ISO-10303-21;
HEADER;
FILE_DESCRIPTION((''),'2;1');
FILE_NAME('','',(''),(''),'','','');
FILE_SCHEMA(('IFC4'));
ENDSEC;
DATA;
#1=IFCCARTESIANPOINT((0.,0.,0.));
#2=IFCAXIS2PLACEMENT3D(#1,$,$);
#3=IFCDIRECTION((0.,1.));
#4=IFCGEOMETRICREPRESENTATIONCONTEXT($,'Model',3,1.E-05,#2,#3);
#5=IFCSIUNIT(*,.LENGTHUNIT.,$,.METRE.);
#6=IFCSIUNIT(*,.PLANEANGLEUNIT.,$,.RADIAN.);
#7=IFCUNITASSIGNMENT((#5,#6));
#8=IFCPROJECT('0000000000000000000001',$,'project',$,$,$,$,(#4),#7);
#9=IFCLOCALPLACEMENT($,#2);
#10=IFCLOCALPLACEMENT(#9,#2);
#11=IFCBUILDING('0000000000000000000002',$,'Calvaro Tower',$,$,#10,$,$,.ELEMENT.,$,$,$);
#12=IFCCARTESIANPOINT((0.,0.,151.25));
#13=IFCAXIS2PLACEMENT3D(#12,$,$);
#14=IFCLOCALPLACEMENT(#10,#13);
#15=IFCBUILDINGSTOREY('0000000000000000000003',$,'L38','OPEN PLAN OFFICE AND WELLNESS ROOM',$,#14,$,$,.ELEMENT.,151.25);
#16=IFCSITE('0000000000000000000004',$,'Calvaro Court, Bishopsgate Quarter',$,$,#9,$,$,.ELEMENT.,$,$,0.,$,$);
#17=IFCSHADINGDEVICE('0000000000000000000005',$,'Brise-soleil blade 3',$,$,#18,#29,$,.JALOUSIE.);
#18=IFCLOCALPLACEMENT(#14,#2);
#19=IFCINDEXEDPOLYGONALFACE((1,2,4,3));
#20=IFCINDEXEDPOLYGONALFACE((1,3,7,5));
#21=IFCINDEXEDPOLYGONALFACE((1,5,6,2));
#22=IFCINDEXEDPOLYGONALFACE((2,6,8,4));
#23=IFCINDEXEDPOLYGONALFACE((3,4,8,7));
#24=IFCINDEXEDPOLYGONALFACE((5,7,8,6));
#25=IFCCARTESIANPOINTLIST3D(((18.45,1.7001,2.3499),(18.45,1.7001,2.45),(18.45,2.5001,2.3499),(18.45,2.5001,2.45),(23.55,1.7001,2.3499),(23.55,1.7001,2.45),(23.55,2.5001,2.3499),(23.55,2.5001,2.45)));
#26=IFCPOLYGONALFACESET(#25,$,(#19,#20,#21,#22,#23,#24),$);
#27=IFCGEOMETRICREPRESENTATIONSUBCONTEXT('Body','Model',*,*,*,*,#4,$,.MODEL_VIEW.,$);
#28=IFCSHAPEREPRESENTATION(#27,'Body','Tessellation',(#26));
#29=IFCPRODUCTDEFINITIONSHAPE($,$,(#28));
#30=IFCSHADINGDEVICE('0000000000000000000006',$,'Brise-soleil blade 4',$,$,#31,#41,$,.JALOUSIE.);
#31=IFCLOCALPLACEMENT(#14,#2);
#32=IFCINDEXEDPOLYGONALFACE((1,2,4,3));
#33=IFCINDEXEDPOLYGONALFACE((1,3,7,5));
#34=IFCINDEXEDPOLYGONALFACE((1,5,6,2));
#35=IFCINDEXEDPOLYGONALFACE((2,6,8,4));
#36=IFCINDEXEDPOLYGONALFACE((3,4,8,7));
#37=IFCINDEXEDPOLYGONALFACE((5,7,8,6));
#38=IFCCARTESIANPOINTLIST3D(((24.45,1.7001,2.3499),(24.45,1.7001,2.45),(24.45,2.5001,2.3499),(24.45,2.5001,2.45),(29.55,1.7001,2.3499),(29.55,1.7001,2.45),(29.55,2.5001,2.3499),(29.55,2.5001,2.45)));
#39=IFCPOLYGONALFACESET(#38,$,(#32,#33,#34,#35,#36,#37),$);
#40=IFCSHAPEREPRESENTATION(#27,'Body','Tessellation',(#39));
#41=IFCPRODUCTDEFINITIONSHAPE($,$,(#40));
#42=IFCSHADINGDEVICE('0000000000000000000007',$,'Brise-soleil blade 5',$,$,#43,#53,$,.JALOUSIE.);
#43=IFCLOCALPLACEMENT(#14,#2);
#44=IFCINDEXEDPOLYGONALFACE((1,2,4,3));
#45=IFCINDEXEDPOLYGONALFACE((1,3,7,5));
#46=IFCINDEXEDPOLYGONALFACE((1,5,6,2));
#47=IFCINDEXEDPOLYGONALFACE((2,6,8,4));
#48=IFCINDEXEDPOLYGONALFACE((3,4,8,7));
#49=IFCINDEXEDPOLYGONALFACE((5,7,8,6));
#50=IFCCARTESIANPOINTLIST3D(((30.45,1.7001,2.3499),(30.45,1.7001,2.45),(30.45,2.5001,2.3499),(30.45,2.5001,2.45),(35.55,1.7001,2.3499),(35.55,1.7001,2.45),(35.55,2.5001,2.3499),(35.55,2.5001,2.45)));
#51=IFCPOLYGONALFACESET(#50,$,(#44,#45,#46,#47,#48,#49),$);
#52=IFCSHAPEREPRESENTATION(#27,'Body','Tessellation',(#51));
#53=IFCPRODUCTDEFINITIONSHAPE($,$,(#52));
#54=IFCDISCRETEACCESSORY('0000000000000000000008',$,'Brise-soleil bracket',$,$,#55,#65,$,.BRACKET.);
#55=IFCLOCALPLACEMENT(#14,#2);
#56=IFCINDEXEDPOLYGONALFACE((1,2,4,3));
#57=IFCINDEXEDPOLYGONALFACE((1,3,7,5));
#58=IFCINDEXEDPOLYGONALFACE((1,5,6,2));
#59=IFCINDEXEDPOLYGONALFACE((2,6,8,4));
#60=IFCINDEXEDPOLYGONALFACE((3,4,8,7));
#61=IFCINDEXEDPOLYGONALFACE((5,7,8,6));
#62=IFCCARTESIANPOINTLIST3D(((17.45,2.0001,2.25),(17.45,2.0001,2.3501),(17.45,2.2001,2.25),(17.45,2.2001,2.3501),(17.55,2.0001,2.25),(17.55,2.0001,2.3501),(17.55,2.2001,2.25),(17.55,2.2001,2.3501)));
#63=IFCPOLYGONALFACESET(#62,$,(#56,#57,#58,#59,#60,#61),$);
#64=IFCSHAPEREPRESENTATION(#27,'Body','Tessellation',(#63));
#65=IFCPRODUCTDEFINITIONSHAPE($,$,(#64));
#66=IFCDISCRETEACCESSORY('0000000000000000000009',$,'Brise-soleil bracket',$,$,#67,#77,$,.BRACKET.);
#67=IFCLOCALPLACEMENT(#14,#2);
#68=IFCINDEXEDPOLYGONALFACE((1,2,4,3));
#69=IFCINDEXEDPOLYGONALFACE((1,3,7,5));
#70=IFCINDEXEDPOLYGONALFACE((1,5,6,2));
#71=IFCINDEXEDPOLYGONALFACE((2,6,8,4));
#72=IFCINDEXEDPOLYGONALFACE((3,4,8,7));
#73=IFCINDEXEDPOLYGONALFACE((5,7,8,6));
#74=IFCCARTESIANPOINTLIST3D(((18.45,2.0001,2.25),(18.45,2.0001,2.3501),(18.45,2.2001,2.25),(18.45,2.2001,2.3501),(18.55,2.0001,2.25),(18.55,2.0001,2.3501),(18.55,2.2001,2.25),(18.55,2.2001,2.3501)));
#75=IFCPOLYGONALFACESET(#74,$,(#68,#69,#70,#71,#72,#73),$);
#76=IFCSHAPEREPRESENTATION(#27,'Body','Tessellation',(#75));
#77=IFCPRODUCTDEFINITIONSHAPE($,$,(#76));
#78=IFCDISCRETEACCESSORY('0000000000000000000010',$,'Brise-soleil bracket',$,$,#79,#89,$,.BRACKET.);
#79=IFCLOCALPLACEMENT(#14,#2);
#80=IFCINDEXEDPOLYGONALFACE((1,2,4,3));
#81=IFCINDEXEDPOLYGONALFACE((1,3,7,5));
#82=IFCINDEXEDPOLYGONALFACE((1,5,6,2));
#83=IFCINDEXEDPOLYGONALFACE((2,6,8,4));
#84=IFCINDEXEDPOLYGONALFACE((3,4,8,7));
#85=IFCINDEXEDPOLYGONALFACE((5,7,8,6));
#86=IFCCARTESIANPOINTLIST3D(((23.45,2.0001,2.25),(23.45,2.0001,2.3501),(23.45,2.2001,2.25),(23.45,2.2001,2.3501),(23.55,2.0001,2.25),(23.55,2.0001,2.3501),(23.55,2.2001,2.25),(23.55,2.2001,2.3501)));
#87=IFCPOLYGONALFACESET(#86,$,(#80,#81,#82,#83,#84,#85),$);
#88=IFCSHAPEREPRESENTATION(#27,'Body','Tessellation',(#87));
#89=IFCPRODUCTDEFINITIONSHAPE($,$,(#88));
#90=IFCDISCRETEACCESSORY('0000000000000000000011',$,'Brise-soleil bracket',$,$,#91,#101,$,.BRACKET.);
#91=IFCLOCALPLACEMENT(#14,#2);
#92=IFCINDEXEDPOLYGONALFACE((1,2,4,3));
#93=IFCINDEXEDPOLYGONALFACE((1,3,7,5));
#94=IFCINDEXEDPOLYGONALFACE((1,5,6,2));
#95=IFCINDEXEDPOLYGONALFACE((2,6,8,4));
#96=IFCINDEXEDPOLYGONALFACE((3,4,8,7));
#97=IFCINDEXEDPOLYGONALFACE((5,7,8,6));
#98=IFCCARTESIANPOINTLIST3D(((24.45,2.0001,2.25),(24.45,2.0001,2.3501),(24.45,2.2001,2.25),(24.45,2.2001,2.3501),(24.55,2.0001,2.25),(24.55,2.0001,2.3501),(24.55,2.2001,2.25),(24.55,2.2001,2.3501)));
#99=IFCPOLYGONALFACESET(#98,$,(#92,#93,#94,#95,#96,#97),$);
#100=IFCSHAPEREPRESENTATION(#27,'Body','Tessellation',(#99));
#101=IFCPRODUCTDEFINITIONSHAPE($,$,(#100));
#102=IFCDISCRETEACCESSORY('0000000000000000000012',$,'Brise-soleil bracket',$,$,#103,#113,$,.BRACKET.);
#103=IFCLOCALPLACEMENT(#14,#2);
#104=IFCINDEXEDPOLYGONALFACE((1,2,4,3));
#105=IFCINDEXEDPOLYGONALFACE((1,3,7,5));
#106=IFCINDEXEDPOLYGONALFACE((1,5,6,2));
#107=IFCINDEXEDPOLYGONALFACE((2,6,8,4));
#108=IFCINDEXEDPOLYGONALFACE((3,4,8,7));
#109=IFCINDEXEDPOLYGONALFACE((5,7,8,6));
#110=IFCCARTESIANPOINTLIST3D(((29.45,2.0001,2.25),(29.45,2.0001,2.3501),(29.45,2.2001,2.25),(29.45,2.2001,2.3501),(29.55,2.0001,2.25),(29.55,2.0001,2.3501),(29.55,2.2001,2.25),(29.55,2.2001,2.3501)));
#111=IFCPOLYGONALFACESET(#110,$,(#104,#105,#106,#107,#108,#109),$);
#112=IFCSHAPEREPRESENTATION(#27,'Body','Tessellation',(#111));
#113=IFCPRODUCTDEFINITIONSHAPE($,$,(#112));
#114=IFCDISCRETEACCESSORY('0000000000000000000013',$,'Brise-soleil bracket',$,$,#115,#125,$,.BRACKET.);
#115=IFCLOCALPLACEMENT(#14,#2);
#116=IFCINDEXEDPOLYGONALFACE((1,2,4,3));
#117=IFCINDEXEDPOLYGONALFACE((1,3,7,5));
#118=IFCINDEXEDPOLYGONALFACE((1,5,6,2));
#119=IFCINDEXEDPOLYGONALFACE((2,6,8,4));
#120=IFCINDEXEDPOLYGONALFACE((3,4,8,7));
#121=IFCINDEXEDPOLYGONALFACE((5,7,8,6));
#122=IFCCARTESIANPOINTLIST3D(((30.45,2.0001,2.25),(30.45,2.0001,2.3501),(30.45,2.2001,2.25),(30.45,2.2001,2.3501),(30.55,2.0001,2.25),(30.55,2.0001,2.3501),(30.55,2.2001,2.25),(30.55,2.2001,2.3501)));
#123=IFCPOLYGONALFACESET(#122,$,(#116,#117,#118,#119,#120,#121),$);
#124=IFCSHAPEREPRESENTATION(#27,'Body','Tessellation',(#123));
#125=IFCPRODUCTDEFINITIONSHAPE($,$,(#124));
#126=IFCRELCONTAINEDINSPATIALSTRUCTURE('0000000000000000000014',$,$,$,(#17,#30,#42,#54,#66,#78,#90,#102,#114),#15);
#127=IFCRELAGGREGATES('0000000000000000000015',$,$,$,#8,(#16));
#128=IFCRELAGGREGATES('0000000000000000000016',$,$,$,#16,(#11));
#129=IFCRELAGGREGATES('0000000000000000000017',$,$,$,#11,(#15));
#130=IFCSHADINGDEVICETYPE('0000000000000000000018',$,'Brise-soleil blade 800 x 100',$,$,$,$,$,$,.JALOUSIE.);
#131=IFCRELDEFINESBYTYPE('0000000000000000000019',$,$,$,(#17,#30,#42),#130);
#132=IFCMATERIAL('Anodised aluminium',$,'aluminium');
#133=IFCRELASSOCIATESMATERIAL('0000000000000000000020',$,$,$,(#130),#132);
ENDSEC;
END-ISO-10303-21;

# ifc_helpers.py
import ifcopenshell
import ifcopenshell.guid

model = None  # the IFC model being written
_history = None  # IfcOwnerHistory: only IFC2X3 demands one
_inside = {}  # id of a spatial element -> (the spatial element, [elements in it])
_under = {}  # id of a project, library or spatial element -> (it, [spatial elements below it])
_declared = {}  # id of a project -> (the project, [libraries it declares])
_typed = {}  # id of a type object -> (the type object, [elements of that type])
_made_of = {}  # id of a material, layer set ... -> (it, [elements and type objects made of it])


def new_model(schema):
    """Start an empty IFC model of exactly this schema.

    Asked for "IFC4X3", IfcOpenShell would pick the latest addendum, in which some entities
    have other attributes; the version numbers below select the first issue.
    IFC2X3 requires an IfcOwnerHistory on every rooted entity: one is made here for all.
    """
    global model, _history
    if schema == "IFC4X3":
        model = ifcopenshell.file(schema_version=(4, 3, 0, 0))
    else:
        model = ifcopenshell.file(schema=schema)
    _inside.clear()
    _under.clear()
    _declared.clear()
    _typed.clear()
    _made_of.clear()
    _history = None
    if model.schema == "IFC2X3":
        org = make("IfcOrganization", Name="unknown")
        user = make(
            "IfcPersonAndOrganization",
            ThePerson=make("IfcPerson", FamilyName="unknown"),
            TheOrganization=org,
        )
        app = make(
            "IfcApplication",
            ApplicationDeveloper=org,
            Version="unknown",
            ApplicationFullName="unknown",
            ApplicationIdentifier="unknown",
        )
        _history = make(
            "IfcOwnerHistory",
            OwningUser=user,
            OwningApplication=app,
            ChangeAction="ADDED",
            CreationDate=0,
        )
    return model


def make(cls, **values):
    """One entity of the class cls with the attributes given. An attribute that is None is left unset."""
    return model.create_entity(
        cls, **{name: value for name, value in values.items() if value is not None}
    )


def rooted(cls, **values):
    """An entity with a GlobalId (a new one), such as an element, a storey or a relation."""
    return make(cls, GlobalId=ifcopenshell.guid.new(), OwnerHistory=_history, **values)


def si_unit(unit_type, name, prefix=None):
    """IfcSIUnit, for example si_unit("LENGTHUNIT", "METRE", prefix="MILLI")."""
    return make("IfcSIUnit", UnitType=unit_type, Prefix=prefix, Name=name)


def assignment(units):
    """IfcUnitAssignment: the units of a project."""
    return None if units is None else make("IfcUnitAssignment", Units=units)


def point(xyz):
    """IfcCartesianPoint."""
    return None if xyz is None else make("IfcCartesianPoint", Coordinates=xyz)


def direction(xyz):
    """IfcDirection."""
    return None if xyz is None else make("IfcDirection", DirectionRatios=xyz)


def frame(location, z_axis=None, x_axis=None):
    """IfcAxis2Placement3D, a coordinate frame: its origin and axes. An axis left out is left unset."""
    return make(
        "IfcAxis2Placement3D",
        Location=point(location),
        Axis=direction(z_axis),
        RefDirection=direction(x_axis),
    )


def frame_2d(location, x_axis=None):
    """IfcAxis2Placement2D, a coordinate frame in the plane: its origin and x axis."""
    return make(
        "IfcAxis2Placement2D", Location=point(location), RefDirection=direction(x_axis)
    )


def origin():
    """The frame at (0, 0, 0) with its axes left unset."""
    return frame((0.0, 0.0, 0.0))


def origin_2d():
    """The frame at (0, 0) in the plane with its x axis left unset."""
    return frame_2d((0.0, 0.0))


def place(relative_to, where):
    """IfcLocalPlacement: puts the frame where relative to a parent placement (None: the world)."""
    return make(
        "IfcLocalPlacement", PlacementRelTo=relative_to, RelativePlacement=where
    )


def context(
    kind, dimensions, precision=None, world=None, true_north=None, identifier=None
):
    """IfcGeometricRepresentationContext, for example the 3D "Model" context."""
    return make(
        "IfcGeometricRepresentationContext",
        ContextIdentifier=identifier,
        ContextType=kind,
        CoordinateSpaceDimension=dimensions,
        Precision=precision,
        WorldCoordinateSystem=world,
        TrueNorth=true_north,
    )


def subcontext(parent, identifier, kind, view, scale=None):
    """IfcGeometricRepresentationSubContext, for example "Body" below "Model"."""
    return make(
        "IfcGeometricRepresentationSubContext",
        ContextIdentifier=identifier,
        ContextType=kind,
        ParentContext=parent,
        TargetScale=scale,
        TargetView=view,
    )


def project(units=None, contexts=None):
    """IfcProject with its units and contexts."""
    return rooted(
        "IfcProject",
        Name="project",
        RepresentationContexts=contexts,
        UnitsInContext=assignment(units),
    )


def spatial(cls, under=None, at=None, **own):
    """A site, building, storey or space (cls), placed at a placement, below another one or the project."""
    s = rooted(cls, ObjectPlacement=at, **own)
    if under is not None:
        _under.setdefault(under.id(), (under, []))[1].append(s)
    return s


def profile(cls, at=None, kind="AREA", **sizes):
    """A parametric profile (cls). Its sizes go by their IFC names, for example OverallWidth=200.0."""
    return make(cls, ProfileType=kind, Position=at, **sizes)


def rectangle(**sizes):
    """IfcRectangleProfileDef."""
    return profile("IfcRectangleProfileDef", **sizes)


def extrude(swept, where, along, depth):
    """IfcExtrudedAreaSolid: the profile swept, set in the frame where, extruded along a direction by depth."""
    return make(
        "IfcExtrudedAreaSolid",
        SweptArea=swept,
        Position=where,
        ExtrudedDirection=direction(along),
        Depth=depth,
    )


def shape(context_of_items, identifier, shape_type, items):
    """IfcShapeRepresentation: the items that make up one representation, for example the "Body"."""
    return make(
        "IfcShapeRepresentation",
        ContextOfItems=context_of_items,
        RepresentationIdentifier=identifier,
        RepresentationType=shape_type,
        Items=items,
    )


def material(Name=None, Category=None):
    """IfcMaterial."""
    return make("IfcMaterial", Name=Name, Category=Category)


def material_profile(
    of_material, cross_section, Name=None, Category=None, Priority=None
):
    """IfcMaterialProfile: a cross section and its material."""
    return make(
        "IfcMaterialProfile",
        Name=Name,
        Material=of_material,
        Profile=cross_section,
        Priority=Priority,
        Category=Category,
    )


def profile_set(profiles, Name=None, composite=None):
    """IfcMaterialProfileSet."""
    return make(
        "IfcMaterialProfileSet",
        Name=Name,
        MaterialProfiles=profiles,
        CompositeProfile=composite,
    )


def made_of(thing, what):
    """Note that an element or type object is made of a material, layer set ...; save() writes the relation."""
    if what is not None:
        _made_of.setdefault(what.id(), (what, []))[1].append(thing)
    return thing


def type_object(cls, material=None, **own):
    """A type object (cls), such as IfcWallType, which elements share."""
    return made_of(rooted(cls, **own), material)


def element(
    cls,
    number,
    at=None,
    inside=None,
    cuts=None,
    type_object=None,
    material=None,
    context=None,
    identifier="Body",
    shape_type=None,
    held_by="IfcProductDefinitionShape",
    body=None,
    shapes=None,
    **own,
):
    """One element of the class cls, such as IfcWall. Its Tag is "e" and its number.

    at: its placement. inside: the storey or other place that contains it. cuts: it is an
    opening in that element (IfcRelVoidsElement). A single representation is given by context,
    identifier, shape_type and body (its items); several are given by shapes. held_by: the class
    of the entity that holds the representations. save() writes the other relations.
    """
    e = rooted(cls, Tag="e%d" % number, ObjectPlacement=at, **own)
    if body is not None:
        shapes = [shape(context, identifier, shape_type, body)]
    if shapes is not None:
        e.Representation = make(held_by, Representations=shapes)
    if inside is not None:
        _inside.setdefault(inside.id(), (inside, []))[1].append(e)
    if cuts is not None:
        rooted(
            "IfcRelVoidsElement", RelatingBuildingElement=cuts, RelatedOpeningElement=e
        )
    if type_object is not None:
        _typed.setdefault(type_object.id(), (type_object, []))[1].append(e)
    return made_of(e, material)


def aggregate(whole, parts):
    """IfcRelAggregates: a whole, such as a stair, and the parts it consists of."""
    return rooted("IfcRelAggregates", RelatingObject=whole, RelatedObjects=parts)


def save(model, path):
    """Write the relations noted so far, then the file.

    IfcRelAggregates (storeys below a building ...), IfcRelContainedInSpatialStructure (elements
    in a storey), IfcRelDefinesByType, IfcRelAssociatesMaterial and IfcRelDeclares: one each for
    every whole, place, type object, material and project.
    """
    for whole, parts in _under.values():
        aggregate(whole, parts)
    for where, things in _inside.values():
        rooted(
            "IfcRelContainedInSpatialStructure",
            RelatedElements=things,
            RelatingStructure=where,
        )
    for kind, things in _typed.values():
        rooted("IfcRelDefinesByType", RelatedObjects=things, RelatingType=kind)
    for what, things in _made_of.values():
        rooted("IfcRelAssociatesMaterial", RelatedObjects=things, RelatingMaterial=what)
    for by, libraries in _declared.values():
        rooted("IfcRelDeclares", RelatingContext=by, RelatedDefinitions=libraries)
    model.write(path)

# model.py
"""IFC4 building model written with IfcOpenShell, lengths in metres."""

from ifc_helpers import new_model, si_unit, direction, frame, origin, origin_2d, place, context, subcontext, project, spatial, rectangle, extrude, material, material_profile, profile_set, type_object, element, save


model = new_model("IFC4")

# Units and contexts
model_context = context("Model", 3, precision=1e-05, world=origin(), true_north=direction((0.0, 1.0)))
body_context = subcontext(model_context, "Body", "Model", "MODEL_VIEW")
ifc_project = project(units=[si_unit("LENGTHUNIT", "METRE"), si_unit("PLANEANGLEUNIT", "RADIAN")], contexts=[model_context])

# Site, building, storey
site_placement = place(None, origin())
site = spatial("IfcSite", under=ifc_project, at=site_placement, Name="Calvaro Court, Bishopsgate Quarter", CompositionType="ELEMENT", RefElevation=0.0)
building_placement = place(site_placement, origin())
building = spatial("IfcBuilding", under=site, at=building_placement, Name="Calvaro Tower", CompositionType="ELEMENT")
storey_placement = place(building_placement, frame((0.0, 0.0, 151.25)))
storey = spatial("IfcBuildingStorey", under=building, at=storey_placement, Name="L38", Description="OPEN PLAN OFFICE AND WELLNESS ROOM", CompositionType="ELEMENT", Elevation=151.25)

# Shading devices
ifc_material_1 = material(Name="Anodised aluminium", Category="aluminium")
ifc_material_profile_1 = material_profile(ifc_material_1, rectangle(XDim=0.8, YDim=0.1001, at=origin_2d()), Name="Brise-soleil blade 800 x 100")
ifc_profile_set_1 = profile_set([ifc_material_profile_1], Name="Anodised aluminium")
shading_device_type = type_object("IfcShadingDeviceType", Name="Brise-soleil blade 800 x 100", PredefinedType="JALOUSIE", material=ifc_profile_set_1)
for number, where, z_axis, x_axis, name in (
    (1, (18.45, 2.1001, 2.3999), (1.0, 0.0, 0.0), (0.0, 1.0, 0.0), "Brise-soleil blade 3"),
    (2, (24.45, 2.1001, 2.3999), (1.0, 0.0, 0.0), (0.0, 1.0, 0.0), "Brise-soleil blade 4"),
    (3, (30.45, 2.1001, 2.3999), (1.0, 0.0, 0.0), (0.0, 1.0, 0.0), "Brise-soleil blade 5"),
):
    element("IfcShadingDevice", number, at=place(storey_placement, frame(where, z_axis=z_axis, x_axis=x_axis)), inside=storey, type_object=shading_device_type, Name=name, PredefinedType="JALOUSIE", context=body_context, shape_type="SweptSolid", body=[
        extrude(rectangle(XDim=0.8, YDim=0.1001, at=origin_2d()), origin(), (0.0, 0.0, 1.0), 5.1001),
    ])

# Discrete accessories
for number, where, z_axis, x_axis, name in (
    (4, (17.5, 2.1001, 2.25), (0.0, 0.0, 1.0), (1.0, 0.0, 0.0), "Brise-soleil bracket"),
    (5, (18.5, 2.1001, 2.25), (0.0, 0.0, 1.0), (1.0, 0.0, 0.0), "Brise-soleil bracket"),
    (6, (23.5, 2.1001, 2.25), (0.0, 0.0, 1.0), (1.0, 0.0, 0.0), "Brise-soleil bracket"),
    (7, (24.5, 2.1001, 2.25), (0.0, 0.0, 1.0), (1.0, 0.0, 0.0), "Brise-soleil bracket"),
    (8, (29.5, 2.1001, 2.25), (0.0, 0.0, 1.0), (1.0, 0.0, 0.0), "Brise-soleil bracket"),
    (9, (30.5, 2.1001, 2.25), (0.0, 0.0, 1.0), (1.0, 0.0, 0.0), "Brise-soleil bracket"),
):
    element("IfcDiscreteAccessory", number, at=place(storey_placement, frame(where, z_axis=z_axis, x_axis=x_axis)), inside=storey, Name=name, PredefinedType="BRACKET", context=body_context, shape_type="SweptSolid", body=[
        extrude(rectangle(XDim=0.1001, YDim=0.2, at=origin_2d()), origin(), (0.0, 0.0, 1.0), 0.1001),
    ])

save(model, "model.ifc")
